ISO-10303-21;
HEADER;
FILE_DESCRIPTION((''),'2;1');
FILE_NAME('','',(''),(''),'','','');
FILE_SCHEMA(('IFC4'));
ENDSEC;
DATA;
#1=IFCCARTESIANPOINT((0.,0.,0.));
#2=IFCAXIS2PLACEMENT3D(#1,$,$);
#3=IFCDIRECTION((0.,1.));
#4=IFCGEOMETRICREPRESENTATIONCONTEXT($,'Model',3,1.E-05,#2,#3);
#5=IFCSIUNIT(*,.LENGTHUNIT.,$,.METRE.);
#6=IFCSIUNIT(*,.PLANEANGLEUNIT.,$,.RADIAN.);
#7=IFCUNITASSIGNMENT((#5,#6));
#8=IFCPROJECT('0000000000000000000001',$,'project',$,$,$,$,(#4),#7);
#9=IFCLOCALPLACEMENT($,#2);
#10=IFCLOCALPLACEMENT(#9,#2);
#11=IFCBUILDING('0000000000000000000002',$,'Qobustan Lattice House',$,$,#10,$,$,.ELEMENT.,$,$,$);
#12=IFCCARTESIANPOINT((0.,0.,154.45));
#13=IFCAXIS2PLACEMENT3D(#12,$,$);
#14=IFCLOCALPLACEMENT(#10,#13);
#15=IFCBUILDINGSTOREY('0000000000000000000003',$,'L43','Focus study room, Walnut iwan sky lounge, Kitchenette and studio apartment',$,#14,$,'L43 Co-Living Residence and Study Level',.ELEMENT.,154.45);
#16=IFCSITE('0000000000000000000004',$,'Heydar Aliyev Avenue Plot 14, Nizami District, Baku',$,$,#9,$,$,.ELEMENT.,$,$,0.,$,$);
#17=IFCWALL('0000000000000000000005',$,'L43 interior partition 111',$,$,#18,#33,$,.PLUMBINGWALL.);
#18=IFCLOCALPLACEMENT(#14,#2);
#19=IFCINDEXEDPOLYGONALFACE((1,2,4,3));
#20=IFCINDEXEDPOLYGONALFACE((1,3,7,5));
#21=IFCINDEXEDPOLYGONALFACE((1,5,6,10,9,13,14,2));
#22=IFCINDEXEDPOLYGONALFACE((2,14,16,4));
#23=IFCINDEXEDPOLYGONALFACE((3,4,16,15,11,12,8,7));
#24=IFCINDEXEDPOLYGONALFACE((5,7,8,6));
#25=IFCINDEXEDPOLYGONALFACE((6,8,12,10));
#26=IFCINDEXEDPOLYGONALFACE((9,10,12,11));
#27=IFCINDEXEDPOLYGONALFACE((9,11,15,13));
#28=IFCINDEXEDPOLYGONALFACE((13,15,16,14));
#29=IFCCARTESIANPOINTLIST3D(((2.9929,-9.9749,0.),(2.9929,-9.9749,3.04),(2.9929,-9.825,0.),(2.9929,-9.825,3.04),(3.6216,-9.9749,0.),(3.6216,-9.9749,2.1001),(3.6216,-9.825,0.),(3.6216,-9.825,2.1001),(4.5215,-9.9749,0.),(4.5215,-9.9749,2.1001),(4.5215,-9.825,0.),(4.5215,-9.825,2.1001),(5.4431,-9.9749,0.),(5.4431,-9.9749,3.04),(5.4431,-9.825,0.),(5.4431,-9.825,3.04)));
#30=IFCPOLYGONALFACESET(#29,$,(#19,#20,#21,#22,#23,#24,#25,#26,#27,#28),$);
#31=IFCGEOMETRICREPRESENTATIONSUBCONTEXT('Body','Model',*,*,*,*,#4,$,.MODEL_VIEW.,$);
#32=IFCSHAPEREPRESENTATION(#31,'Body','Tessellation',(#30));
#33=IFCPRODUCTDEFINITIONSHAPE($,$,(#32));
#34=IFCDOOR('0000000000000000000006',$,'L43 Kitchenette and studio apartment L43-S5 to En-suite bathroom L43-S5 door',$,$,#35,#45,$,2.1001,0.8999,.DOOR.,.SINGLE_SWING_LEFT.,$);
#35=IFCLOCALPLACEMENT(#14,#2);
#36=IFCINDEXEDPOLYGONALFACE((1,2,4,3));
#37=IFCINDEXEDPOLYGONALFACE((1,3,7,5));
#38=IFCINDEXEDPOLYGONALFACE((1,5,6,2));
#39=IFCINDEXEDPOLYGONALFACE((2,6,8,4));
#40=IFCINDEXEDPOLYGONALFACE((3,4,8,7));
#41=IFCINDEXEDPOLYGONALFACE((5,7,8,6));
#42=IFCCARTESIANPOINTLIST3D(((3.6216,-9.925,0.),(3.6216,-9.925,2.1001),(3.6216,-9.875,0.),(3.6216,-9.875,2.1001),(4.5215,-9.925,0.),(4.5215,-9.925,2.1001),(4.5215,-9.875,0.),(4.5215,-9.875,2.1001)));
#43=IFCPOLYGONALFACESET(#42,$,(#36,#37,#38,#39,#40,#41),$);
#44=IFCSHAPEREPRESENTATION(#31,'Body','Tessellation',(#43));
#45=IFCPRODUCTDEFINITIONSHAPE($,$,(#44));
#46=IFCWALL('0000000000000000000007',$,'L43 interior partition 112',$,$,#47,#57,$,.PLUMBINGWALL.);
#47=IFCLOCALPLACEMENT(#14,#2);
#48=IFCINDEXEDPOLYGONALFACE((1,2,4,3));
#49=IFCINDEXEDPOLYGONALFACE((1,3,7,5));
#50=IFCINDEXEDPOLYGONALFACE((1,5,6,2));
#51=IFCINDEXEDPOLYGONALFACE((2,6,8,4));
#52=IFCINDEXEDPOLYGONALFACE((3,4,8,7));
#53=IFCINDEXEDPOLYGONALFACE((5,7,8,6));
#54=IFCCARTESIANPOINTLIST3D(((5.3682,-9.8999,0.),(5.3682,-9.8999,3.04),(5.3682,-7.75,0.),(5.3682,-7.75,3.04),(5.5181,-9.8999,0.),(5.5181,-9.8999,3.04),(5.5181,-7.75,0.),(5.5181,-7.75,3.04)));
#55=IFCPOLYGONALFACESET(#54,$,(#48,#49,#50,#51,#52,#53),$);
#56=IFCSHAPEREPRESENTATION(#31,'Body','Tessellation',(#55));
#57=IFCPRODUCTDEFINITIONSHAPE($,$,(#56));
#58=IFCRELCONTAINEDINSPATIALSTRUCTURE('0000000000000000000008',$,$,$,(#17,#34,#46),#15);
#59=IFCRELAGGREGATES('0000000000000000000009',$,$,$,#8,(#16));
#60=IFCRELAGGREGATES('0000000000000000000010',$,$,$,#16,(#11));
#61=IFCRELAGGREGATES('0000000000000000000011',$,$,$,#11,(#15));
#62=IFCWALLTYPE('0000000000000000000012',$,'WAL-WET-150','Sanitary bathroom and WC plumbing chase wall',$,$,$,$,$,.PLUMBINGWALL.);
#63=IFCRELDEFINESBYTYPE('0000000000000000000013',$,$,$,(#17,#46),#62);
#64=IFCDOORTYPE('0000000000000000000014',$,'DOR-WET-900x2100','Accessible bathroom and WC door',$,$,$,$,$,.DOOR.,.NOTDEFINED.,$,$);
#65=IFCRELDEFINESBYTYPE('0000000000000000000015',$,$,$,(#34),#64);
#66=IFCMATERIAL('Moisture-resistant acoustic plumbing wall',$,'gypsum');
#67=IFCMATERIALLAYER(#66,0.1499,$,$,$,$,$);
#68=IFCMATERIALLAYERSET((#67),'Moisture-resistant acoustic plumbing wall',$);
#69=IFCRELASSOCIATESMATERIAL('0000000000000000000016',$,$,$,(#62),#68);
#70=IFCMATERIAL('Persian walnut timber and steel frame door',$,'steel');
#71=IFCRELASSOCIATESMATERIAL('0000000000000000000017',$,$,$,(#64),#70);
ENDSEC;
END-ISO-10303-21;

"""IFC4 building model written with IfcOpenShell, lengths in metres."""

from ifc_helpers import new_model, si_unit, direction, frame, frame_2d, origin, place, context, subcontext, project, spatial, rectangle, extrude, material, layer, layer_set, type_object, element, fill, save


model = new_model("IFC4")

# Units and contexts
model_context = context("Model", 3, precision=1e-05, world=origin(), true_north=direction((0.0, 1.0)))
body_context = subcontext(model_context, "Body", "Model", "MODEL_VIEW")
ifc_project = project(units=[si_unit("LENGTHUNIT", "METRE"), si_unit("PLANEANGLEUNIT", "RADIAN")], contexts=[model_context])

# Site, building, storey
site_placement = place(None, origin())
site = spatial("IfcSite", under=ifc_project, at=site_placement, Name="Heydar Aliyev Avenue Plot 14, Nizami District, Baku", CompositionType="ELEMENT", RefElevation=0.0)
building_placement = place(site_placement, origin())
building = spatial("IfcBuilding", under=site, at=building_placement, Name="Qobustan Lattice House", CompositionType="ELEMENT")
storey_placement = place(building_placement, frame((0.0, 0.0, 154.45)))
storey = spatial("IfcBuildingStorey", under=building, at=storey_placement, Name="L43", Description="Focus study room, Walnut iwan sky lounge, Kitchenette and studio apartment", LongName="L43 Co-Living Residence and Study Level", CompositionType="ELEMENT", Elevation=154.45)

# Shared definitions
ifc_material_1 = material(Name="Moisture-resistant acoustic plumbing wall", Category="gypsum")
ifc_layer_1 = layer(ifc_material_1, 0.1499)
ifc_layer_set_1 = layer_set([ifc_layer_1], Name="Moisture-resistant acoustic plumbing wall")
wall_type_1 = type_object("IfcWallType", Name="WAL-WET-150", Description="Sanitary bathroom and WC plumbing chase wall", PredefinedType="PLUMBINGWALL", material=ifc_layer_set_1)

# Wall, opening, door
wall_1_placement = place(storey_placement, frame((2.9929, -9.8999, 0.0), z_axis=(0.0, 0.0, 1.0), x_axis=(1.0, 0.0, 0.0)))
wall_1 = element("IfcWall", 1, at=wall_1_placement, inside=storey, type_object=wall_type_1, Name="L43 interior partition 111", PredefinedType="PLUMBINGWALL", context=body_context, shape_type="SweptSolid", body=[
    extrude(rectangle(XDim=2.4502, YDim=0.1499, at=frame_2d((1.2251, 0.0))), origin(), (0.0, 0.0, 1.0), 3.04),
])
opening_1_placement = place(wall_1_placement, frame((0.6287, 0.0, 0.0)))
opening_1 = element("IfcOpeningElement", 2, at=opening_1_placement, cuts=wall_1, PredefinedType="OPENING", context=body_context, shape_type="SweptSolid", body=[
    extrude(rectangle(XDim=0.8999, YDim=2.1001, at=frame_2d((0.45, 1.05))), frame((0.0, 0.085, 0.0), z_axis=(0.0, -1.0, 0.0), x_axis=(1.0, 0.0, 0.0)), (0.0, 0.0, 1.0), 0.1699),
])
ifc_material_2 = material(Name="Persian walnut timber and steel frame door", Category="steel")
door_type_1 = type_object("IfcDoorType", Name="DOR-WET-900x2100", Description="Accessible bathroom and WC door", OperationType="NOTDEFINED", PredefinedType="DOOR", material=ifc_material_2)
door_1_placement = place(opening_1_placement, origin())
door_1 = element("IfcDoor", 3, at=door_1_placement, inside=storey, type_object=door_type_1, Name="L43 Kitchenette and studio apartment L43-S5 to En-suite bathroom L43-S5 door", OperationType="SINGLE_SWING_LEFT", OverallHeight=2.1001, OverallWidth=0.8999, PredefinedType="DOOR", context=body_context, shape_type="SweptSolid", body=[
    extrude(rectangle(XDim=0.8999, YDim=2.1001, at=frame_2d((0.45, 1.05))), frame((0.0, 0.0249, 0.0), z_axis=(0.0, -1.0, 0.0), x_axis=(1.0, 0.0, 0.0)), (0.0, 0.0, 1.0), 0.05),
])
fill(opening_1, door_1)

# Wall
wall_2_placement = place(storey_placement, frame((5.4431, -9.8999, 0.0), z_axis=(0.0, 0.0, 1.0), x_axis=(0.0, 1.0, 0.0)))
element("IfcWall", 4, at=wall_2_placement, inside=storey, type_object=wall_type_1, Name="L43 interior partition 112", PredefinedType="PLUMBINGWALL", context=body_context, shape_type="SweptSolid", body=[
    extrude(rectangle(XDim=2.1499, YDim=0.1499, at=frame_2d((1.075, 0.0))), origin(), (0.0, 0.0, 1.0), 3.04),
])

save(model, "model.ifc")
